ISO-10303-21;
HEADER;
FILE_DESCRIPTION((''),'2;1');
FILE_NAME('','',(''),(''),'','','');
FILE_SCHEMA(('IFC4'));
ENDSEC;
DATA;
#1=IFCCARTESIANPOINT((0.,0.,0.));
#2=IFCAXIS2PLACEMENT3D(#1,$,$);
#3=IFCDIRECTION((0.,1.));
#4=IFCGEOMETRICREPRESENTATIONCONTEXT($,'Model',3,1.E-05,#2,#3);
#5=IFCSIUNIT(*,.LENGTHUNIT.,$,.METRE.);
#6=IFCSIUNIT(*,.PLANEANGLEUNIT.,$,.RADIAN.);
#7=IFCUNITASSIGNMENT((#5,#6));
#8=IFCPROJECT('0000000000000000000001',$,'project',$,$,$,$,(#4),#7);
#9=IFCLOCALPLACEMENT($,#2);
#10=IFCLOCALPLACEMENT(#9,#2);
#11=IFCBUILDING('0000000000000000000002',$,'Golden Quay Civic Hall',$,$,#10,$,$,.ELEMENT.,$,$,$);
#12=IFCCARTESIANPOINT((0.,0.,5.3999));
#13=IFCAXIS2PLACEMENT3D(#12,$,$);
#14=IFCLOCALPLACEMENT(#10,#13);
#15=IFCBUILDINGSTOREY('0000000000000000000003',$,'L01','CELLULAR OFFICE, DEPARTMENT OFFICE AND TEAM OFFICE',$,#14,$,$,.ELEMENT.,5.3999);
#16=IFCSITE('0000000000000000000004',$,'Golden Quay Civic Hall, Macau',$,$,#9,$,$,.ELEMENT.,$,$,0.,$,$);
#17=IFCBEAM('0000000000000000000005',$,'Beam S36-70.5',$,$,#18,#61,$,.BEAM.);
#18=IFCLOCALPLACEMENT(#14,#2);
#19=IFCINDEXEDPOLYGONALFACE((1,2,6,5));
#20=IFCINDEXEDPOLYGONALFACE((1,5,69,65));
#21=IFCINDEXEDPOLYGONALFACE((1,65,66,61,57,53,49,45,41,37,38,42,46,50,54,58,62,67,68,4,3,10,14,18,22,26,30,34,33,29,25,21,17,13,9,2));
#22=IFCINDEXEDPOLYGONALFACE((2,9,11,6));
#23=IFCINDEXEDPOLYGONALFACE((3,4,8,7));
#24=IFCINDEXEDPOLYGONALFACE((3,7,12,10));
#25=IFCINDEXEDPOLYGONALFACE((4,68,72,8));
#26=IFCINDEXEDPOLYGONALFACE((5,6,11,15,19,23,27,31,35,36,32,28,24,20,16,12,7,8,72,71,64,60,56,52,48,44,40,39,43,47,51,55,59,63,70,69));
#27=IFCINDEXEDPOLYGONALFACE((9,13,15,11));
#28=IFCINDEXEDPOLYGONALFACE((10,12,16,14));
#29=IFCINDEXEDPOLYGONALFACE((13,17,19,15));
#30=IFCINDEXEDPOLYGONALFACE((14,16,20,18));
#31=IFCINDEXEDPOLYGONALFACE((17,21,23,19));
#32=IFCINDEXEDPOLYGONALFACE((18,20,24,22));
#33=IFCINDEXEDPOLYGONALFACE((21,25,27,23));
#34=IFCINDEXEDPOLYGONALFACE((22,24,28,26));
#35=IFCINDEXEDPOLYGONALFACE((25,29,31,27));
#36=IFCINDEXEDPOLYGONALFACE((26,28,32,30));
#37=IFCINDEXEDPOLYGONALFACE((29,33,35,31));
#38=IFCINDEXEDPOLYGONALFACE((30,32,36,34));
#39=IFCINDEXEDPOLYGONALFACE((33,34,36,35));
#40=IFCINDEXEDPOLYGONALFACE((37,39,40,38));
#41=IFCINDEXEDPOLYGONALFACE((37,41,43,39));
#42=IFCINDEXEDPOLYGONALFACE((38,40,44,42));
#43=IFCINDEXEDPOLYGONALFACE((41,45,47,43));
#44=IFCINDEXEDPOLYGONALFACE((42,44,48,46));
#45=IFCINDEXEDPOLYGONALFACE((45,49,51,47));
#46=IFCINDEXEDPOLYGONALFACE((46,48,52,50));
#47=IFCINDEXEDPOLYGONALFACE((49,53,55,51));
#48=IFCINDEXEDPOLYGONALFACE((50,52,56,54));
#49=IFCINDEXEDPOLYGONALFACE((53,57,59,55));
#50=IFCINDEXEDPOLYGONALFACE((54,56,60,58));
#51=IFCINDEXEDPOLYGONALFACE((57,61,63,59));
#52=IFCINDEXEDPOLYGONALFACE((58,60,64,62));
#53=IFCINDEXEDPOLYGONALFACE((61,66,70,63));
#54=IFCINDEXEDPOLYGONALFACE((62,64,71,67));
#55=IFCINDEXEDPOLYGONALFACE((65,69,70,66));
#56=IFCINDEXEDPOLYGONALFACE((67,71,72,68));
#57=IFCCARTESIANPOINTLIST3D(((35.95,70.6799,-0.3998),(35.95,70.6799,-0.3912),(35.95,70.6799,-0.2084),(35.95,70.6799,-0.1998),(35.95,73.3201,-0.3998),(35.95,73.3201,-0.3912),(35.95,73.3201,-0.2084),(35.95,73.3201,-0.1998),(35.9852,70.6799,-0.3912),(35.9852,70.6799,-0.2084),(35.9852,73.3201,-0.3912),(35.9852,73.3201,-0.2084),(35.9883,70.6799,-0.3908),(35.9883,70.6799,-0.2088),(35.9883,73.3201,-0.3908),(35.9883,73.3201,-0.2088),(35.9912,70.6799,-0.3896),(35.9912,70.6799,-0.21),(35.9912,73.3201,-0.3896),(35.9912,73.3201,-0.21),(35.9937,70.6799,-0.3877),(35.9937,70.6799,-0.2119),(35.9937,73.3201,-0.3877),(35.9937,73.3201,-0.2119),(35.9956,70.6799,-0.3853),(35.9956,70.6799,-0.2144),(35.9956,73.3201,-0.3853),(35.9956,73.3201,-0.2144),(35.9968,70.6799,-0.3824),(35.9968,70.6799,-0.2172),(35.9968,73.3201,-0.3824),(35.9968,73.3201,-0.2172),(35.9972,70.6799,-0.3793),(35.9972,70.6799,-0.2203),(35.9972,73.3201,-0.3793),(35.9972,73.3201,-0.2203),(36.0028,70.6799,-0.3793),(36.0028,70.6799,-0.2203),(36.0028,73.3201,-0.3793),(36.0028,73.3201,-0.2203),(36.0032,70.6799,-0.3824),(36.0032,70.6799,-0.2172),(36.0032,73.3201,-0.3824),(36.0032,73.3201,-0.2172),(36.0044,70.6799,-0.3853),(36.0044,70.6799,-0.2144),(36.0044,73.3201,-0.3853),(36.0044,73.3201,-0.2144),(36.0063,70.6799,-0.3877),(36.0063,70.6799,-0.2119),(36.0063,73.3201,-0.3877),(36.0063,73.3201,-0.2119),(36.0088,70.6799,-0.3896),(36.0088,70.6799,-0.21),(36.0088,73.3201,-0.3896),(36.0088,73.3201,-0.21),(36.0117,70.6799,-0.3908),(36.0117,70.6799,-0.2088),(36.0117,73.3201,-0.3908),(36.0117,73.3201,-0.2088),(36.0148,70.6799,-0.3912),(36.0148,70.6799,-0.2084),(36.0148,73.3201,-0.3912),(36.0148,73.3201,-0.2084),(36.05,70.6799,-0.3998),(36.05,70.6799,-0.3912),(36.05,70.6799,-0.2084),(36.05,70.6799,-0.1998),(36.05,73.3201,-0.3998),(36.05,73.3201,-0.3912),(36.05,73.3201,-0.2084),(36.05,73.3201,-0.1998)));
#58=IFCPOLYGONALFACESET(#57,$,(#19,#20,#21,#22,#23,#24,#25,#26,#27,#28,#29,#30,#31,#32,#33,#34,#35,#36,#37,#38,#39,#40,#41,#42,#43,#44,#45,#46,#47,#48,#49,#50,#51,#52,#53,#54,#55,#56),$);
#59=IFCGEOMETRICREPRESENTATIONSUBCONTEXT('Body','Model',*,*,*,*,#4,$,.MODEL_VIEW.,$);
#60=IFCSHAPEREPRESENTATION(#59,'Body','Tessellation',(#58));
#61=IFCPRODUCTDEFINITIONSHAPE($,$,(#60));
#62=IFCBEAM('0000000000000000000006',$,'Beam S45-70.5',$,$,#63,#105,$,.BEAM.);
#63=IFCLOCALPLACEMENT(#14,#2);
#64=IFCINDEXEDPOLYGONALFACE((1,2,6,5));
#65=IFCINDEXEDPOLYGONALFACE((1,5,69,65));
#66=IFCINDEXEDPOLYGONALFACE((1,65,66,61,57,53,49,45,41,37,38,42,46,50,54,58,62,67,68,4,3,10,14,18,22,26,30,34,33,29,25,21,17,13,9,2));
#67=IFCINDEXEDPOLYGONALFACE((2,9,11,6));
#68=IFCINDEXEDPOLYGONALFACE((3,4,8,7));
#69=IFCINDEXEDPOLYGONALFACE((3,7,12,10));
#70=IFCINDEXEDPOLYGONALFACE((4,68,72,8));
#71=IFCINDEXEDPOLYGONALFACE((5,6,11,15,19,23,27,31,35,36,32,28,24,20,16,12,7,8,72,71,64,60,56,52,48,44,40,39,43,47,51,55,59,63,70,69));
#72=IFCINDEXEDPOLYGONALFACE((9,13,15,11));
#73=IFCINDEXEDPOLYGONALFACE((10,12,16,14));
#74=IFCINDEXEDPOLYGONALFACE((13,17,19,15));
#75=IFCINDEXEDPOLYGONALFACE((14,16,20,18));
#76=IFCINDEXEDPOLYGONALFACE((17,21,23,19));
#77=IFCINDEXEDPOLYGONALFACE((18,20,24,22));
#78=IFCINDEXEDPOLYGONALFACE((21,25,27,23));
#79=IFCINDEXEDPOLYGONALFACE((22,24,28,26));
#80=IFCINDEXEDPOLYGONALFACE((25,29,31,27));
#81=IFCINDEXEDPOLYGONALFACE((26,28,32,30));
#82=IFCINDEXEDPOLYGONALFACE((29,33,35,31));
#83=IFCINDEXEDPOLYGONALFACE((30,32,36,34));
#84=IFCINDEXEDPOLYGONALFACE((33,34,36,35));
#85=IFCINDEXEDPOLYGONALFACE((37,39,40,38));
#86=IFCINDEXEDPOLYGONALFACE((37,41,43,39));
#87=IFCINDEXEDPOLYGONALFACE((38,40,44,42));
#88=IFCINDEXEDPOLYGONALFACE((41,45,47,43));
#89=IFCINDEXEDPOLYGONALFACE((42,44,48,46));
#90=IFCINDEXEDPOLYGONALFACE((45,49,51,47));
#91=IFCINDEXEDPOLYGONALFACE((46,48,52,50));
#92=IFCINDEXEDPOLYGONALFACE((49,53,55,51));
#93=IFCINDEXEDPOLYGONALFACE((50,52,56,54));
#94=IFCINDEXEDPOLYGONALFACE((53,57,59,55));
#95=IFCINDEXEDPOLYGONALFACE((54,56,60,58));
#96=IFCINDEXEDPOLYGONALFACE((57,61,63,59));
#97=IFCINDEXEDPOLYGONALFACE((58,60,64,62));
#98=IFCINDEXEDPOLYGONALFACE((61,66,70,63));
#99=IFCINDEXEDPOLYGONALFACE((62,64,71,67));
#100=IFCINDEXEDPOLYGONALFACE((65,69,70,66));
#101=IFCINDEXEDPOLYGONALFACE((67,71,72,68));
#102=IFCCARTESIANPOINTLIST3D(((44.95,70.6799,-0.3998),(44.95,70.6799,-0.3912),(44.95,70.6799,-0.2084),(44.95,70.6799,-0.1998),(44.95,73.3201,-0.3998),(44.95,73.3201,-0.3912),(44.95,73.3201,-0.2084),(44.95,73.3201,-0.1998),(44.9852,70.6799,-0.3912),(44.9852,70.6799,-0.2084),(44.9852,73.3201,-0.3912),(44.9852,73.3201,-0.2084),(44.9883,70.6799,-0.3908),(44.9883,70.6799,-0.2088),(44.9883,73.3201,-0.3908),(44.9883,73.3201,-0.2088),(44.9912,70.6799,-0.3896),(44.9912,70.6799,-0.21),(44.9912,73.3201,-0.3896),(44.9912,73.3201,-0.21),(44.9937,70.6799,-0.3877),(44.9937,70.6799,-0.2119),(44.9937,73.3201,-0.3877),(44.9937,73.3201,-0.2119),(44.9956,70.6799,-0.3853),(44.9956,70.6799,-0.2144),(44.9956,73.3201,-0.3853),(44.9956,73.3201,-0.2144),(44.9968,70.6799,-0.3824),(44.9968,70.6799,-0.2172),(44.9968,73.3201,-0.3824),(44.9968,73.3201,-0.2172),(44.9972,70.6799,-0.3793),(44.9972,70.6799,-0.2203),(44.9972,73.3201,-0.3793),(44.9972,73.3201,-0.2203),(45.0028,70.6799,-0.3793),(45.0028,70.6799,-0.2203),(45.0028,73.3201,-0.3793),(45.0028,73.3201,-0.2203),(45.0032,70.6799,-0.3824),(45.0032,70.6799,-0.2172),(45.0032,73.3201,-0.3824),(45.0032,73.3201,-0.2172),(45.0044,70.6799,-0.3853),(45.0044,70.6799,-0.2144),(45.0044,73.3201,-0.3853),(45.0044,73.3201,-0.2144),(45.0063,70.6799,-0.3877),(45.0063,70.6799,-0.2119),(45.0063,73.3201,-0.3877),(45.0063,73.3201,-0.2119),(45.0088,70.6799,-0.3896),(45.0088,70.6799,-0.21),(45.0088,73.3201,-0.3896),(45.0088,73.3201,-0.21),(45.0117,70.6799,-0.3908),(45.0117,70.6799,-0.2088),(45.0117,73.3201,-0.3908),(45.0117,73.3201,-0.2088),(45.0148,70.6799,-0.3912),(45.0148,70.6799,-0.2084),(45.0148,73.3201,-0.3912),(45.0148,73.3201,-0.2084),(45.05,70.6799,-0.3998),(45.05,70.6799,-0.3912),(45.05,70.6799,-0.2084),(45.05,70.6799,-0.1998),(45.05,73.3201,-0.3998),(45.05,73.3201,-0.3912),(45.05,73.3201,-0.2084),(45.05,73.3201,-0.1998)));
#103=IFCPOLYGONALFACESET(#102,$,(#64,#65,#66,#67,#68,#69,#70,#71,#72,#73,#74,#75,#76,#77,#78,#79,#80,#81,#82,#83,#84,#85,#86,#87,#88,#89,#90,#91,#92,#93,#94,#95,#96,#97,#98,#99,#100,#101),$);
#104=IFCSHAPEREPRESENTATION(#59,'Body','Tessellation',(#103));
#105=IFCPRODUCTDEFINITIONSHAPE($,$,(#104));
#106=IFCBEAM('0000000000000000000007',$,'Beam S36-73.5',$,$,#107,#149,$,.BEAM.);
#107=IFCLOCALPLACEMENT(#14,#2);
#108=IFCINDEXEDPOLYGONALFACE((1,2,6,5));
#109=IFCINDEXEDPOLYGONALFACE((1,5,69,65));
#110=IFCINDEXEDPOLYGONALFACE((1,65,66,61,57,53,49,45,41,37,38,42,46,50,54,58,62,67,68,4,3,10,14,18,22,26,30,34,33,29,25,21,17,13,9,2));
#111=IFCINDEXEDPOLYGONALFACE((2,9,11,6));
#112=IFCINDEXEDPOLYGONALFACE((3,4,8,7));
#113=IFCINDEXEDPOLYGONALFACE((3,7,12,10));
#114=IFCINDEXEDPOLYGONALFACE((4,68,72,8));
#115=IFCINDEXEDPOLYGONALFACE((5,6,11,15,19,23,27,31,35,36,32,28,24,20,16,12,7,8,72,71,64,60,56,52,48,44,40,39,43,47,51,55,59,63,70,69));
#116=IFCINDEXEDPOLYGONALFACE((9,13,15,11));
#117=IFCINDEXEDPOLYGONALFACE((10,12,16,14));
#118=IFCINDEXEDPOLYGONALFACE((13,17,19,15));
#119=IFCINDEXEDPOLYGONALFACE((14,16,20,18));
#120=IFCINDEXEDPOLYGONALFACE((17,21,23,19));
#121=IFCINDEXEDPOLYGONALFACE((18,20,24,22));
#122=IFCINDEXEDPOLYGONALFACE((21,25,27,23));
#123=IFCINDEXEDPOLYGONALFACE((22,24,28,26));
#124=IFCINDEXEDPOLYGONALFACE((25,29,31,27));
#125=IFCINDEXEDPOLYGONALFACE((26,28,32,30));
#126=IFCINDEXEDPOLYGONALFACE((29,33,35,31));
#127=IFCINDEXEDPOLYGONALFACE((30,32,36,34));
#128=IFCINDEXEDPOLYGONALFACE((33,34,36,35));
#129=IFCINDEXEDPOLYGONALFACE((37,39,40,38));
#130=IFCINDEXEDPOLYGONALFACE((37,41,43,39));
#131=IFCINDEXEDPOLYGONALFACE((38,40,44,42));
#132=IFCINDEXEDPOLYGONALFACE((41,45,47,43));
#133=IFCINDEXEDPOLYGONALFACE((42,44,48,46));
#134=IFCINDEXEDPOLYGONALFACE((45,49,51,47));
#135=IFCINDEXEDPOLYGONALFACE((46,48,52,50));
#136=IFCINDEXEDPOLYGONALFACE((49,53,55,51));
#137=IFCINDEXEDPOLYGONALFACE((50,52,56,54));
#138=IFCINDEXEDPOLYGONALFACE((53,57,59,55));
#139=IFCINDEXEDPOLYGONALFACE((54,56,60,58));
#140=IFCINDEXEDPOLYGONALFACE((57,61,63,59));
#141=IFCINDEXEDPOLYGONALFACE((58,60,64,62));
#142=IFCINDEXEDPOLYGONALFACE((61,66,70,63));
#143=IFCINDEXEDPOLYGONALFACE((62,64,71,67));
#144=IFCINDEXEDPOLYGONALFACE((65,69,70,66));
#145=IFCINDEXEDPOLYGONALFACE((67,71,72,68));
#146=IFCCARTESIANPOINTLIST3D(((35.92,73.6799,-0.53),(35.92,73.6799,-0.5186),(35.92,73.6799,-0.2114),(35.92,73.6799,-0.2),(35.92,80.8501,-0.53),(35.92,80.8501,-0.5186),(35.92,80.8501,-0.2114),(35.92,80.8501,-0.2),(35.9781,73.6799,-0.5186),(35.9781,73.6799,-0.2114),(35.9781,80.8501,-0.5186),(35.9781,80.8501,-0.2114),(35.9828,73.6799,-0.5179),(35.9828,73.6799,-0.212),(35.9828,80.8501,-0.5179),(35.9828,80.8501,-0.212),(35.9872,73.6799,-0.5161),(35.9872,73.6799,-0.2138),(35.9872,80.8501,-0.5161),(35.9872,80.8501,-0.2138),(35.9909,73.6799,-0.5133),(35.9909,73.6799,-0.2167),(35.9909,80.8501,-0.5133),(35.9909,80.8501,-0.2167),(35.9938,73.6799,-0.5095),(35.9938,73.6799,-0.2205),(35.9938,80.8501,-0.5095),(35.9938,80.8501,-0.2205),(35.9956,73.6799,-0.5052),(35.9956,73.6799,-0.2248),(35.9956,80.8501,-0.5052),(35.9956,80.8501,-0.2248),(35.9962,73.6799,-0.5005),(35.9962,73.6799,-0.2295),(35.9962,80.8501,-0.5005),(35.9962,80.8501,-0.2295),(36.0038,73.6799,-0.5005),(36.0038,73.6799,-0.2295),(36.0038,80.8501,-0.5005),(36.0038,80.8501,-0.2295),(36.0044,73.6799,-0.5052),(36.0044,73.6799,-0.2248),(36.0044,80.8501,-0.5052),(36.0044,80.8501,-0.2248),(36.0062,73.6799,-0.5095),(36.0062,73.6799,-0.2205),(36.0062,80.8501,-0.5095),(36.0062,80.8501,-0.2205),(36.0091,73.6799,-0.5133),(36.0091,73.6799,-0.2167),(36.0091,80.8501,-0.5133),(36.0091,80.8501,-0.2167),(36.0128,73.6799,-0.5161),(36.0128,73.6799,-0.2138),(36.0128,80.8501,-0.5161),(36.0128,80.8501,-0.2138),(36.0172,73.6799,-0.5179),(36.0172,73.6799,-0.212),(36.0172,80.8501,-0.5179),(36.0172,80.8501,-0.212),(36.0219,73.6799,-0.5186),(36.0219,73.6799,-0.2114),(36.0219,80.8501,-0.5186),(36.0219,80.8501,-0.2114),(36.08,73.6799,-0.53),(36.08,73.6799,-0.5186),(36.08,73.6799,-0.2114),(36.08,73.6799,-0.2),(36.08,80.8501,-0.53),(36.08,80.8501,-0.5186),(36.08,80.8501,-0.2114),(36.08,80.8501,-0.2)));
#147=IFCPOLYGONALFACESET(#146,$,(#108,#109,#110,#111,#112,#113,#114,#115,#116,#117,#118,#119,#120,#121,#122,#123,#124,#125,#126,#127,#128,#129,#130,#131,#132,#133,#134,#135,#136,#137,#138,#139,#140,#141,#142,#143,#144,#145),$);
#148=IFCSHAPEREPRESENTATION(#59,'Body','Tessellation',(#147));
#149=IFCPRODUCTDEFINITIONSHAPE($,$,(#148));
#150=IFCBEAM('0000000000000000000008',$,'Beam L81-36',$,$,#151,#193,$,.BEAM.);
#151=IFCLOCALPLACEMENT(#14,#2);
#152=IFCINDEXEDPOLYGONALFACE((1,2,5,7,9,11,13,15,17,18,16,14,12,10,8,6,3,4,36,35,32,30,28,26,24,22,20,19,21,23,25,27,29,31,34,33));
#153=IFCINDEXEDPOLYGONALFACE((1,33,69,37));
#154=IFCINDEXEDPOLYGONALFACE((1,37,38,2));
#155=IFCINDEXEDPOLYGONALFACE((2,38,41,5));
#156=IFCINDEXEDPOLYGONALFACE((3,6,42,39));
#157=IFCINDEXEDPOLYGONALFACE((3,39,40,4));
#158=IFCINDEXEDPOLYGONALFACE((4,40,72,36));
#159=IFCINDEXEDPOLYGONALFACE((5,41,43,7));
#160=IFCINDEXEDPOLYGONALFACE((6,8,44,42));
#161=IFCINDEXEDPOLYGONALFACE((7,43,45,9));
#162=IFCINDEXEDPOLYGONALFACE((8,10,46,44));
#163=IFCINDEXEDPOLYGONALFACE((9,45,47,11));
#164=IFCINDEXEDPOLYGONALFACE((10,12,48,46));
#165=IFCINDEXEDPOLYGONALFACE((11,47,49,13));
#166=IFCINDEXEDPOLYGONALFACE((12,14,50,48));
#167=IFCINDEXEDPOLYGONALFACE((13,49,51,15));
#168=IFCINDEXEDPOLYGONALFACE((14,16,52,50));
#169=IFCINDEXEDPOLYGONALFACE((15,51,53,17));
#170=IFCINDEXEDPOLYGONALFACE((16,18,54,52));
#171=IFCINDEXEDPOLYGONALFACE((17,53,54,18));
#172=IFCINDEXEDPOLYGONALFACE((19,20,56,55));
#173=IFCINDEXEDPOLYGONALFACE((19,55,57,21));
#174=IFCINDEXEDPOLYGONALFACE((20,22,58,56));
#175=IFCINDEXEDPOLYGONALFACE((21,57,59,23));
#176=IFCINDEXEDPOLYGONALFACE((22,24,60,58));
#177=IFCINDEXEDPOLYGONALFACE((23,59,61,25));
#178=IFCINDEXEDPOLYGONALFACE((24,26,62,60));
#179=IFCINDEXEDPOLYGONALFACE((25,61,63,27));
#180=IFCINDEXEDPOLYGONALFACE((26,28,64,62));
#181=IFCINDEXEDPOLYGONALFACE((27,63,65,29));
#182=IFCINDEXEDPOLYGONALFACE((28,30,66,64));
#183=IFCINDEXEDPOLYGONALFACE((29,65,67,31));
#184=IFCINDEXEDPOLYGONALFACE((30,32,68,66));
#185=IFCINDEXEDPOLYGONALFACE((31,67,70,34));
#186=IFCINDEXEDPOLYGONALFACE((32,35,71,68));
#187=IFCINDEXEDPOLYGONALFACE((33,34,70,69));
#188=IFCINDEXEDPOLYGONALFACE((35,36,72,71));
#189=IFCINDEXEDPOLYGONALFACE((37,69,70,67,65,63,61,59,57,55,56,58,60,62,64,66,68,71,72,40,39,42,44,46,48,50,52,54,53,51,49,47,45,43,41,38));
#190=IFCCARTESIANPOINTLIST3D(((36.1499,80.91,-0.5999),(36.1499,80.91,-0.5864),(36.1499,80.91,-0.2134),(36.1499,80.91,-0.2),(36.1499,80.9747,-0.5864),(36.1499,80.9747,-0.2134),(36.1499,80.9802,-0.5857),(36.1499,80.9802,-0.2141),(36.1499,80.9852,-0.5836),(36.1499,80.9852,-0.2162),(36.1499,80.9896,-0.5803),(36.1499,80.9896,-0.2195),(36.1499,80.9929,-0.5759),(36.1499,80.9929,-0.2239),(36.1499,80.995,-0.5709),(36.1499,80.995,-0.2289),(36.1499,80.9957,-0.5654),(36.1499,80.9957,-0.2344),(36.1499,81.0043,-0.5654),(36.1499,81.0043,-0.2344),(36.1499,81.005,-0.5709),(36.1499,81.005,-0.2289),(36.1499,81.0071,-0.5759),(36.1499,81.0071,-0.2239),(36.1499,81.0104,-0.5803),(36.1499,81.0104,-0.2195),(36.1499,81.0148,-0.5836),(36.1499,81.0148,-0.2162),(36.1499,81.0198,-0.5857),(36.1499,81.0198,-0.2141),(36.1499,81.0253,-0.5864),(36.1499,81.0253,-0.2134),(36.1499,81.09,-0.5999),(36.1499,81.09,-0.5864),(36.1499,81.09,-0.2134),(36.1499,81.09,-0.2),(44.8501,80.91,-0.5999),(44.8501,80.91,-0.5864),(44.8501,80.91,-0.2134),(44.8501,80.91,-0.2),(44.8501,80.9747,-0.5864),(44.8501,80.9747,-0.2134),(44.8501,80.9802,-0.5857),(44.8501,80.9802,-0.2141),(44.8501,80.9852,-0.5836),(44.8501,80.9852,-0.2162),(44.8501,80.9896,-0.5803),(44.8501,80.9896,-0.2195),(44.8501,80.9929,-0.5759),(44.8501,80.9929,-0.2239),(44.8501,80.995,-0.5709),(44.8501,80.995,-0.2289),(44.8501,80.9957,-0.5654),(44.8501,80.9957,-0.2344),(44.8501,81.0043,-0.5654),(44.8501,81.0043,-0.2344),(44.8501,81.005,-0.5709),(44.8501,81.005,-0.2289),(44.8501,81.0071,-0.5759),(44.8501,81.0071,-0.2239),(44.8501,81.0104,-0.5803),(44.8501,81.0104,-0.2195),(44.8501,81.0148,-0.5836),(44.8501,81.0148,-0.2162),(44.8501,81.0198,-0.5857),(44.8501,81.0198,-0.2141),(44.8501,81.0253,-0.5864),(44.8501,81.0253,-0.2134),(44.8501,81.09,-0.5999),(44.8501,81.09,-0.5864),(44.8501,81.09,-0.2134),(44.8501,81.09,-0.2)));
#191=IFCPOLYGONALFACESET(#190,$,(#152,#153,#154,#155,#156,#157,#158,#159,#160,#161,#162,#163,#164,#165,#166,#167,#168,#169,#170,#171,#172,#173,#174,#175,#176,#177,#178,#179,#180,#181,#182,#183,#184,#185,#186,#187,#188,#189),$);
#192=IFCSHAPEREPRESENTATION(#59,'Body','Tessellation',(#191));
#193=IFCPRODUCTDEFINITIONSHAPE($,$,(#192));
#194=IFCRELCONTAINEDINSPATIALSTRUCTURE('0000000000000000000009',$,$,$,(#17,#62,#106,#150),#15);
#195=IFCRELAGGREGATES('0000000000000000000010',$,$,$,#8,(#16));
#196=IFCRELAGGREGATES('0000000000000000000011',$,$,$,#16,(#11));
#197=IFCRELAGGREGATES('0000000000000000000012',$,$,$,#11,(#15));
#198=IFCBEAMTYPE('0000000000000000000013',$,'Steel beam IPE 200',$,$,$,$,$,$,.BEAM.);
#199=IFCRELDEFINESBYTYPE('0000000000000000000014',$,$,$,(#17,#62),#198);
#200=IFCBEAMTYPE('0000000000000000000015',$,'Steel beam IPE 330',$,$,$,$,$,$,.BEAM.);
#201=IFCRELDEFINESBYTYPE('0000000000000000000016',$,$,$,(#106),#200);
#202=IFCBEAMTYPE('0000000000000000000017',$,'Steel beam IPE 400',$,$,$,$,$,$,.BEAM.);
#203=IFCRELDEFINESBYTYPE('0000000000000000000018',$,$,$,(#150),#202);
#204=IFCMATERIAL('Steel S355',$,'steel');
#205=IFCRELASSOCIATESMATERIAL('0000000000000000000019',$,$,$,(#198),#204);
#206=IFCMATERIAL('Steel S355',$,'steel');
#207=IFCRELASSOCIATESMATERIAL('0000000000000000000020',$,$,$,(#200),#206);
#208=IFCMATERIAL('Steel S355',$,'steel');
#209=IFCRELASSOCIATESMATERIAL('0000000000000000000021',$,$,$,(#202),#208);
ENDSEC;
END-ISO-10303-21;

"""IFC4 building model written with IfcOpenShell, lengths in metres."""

from ifc_helpers import new_model, si_unit, direction, frame, origin, origin_2d, place, context, subcontext, project, spatial, i_section, extrude, material, material_profile, profile_set, type_object, element, save


model = new_model("IFC4")

# Units and contexts
model_context = context("Model", 3, precision=1e-05, world=origin(), true_north=direction((0.0, 1.0)))
body_context = subcontext(model_context, "Body", "Model", "MODEL_VIEW")
ifc_project = project(units=[si_unit("LENGTHUNIT", "METRE"), si_unit("PLANEANGLEUNIT", "RADIAN")], contexts=[model_context])

# Site, building, storey
site_placement = place(None, origin())
site = spatial("IfcSite", under=ifc_project, at=site_placement, Name="Golden Quay Civic Hall, Macau", CompositionType="ELEMENT", RefElevation=0.0)
building_placement = place(site_placement, origin())
building = spatial("IfcBuilding", under=site, at=building_placement, Name="Golden Quay Civic Hall", CompositionType="ELEMENT")
storey_placement = place(building_placement, frame((0.0, 0.0, 5.3999)))
storey = spatial("IfcBuildingStorey", under=building, at=storey_placement, Name="L01", Description="CELLULAR OFFICE, DEPARTMENT OFFICE AND TEAM OFFICE", CompositionType="ELEMENT", Elevation=5.3999)

# Beams
ifc_material_1 = material(Name="Steel S355", Category="steel")
ifc_material_profile_1 = material_profile(ifc_material_1, i_section(OverallWidth=0.1001, OverallDepth=0.2, WebThickness=0.0056, FlangeThickness=0.0085, FilletRadius=0.012, at=origin_2d()), Name="IPE 200")
ifc_profile_set_1 = profile_set([ifc_material_profile_1], Name="Steel S355")
beam_type_1 = type_object("IfcBeamType", Name="Steel beam IPE 200", PredefinedType="BEAM", material=ifc_profile_set_1)
for number, where, z_axis, x_axis, name in (
    (1, (36.0, 70.6799, -0.2998), (0.0, 1.0, 0.0), (-1.0, 0.0, 0.0), "Beam S36-70.5"),
    (2, (45.0, 70.6799, -0.2998), (0.0, 1.0, 0.0), (-1.0, 0.0, 0.0), "Beam S45-70.5"),
):
    element("IfcBeam", number, at=place(storey_placement, frame(where, z_axis=z_axis, x_axis=x_axis)), inside=storey, type_object=beam_type_1, Name=name, PredefinedType="BEAM", context=body_context, shape_type="SweptSolid", body=[
        extrude(i_section(OverallWidth=0.1001, OverallDepth=0.2, WebThickness=0.0056, FlangeThickness=0.0085, FilletRadius=0.012, at=origin_2d()), origin(), (0.0, 0.0, 1.0), 2.6401),
    ])
ifc_material_2 = material(Name="Steel S355", Category="steel")
ifc_material_profile_2 = material_profile(ifc_material_2, i_section(OverallWidth=0.1599, OverallDepth=0.3301, WebThickness=0.0076, FlangeThickness=0.0115, FilletRadius=0.0181, at=origin_2d()), Name="IPE 330")
ifc_profile_set_2 = profile_set([ifc_material_profile_2], Name="Steel S355")
beam_type_2 = type_object("IfcBeamType", Name="Steel beam IPE 330", PredefinedType="BEAM", material=ifc_profile_set_2)
beam_1_placement = place(storey_placement, frame((36.0, 73.6799, -0.365), z_axis=(0.0, 1.0, 0.0), x_axis=(-1.0, 0.0, 0.0)))
element("IfcBeam", 3, at=beam_1_placement, inside=storey, type_object=beam_type_2, Name="Beam S36-73.5", PredefinedType="BEAM", context=body_context, shape_type="SweptSolid", body=[
    extrude(i_section(OverallWidth=0.1599, OverallDepth=0.3301, WebThickness=0.0076, FlangeThickness=0.0115, FilletRadius=0.0181, at=origin_2d()), origin(), (0.0, 0.0, 1.0), 7.1702),
])
ifc_material_3 = material(Name="Steel S355", Category="steel")
ifc_material_profile_3 = material_profile(ifc_material_3, i_section(OverallWidth=0.1799, OverallDepth=0.3999, WebThickness=0.0085, FlangeThickness=0.0134, FilletRadius=0.021, at=origin_2d()), Name="IPE 400")
ifc_profile_set_3 = profile_set([ifc_material_profile_3], Name="Steel S355")
beam_type_3 = type_object("IfcBeamType", Name="Steel beam IPE 400", PredefinedType="BEAM", material=ifc_profile_set_3)
beam_2_placement = place(storey_placement, frame((36.1499, 81.0, -0.3999), z_axis=(1.0, 0.0, 0.0), x_axis=(0.0, 1.0, 0.0)))
element("IfcBeam", 4, at=beam_2_placement, inside=storey, type_object=beam_type_3, Name="Beam L81-36", PredefinedType="BEAM", context=body_context, shape_type="SweptSolid", body=[
    extrude(i_section(OverallWidth=0.1799, OverallDepth=0.3999, WebThickness=0.0085, FlangeThickness=0.0134, FilletRadius=0.021, at=origin_2d()), origin(), (0.0, 0.0, 1.0), 8.7002),
])

save(model, "model.ifc")
